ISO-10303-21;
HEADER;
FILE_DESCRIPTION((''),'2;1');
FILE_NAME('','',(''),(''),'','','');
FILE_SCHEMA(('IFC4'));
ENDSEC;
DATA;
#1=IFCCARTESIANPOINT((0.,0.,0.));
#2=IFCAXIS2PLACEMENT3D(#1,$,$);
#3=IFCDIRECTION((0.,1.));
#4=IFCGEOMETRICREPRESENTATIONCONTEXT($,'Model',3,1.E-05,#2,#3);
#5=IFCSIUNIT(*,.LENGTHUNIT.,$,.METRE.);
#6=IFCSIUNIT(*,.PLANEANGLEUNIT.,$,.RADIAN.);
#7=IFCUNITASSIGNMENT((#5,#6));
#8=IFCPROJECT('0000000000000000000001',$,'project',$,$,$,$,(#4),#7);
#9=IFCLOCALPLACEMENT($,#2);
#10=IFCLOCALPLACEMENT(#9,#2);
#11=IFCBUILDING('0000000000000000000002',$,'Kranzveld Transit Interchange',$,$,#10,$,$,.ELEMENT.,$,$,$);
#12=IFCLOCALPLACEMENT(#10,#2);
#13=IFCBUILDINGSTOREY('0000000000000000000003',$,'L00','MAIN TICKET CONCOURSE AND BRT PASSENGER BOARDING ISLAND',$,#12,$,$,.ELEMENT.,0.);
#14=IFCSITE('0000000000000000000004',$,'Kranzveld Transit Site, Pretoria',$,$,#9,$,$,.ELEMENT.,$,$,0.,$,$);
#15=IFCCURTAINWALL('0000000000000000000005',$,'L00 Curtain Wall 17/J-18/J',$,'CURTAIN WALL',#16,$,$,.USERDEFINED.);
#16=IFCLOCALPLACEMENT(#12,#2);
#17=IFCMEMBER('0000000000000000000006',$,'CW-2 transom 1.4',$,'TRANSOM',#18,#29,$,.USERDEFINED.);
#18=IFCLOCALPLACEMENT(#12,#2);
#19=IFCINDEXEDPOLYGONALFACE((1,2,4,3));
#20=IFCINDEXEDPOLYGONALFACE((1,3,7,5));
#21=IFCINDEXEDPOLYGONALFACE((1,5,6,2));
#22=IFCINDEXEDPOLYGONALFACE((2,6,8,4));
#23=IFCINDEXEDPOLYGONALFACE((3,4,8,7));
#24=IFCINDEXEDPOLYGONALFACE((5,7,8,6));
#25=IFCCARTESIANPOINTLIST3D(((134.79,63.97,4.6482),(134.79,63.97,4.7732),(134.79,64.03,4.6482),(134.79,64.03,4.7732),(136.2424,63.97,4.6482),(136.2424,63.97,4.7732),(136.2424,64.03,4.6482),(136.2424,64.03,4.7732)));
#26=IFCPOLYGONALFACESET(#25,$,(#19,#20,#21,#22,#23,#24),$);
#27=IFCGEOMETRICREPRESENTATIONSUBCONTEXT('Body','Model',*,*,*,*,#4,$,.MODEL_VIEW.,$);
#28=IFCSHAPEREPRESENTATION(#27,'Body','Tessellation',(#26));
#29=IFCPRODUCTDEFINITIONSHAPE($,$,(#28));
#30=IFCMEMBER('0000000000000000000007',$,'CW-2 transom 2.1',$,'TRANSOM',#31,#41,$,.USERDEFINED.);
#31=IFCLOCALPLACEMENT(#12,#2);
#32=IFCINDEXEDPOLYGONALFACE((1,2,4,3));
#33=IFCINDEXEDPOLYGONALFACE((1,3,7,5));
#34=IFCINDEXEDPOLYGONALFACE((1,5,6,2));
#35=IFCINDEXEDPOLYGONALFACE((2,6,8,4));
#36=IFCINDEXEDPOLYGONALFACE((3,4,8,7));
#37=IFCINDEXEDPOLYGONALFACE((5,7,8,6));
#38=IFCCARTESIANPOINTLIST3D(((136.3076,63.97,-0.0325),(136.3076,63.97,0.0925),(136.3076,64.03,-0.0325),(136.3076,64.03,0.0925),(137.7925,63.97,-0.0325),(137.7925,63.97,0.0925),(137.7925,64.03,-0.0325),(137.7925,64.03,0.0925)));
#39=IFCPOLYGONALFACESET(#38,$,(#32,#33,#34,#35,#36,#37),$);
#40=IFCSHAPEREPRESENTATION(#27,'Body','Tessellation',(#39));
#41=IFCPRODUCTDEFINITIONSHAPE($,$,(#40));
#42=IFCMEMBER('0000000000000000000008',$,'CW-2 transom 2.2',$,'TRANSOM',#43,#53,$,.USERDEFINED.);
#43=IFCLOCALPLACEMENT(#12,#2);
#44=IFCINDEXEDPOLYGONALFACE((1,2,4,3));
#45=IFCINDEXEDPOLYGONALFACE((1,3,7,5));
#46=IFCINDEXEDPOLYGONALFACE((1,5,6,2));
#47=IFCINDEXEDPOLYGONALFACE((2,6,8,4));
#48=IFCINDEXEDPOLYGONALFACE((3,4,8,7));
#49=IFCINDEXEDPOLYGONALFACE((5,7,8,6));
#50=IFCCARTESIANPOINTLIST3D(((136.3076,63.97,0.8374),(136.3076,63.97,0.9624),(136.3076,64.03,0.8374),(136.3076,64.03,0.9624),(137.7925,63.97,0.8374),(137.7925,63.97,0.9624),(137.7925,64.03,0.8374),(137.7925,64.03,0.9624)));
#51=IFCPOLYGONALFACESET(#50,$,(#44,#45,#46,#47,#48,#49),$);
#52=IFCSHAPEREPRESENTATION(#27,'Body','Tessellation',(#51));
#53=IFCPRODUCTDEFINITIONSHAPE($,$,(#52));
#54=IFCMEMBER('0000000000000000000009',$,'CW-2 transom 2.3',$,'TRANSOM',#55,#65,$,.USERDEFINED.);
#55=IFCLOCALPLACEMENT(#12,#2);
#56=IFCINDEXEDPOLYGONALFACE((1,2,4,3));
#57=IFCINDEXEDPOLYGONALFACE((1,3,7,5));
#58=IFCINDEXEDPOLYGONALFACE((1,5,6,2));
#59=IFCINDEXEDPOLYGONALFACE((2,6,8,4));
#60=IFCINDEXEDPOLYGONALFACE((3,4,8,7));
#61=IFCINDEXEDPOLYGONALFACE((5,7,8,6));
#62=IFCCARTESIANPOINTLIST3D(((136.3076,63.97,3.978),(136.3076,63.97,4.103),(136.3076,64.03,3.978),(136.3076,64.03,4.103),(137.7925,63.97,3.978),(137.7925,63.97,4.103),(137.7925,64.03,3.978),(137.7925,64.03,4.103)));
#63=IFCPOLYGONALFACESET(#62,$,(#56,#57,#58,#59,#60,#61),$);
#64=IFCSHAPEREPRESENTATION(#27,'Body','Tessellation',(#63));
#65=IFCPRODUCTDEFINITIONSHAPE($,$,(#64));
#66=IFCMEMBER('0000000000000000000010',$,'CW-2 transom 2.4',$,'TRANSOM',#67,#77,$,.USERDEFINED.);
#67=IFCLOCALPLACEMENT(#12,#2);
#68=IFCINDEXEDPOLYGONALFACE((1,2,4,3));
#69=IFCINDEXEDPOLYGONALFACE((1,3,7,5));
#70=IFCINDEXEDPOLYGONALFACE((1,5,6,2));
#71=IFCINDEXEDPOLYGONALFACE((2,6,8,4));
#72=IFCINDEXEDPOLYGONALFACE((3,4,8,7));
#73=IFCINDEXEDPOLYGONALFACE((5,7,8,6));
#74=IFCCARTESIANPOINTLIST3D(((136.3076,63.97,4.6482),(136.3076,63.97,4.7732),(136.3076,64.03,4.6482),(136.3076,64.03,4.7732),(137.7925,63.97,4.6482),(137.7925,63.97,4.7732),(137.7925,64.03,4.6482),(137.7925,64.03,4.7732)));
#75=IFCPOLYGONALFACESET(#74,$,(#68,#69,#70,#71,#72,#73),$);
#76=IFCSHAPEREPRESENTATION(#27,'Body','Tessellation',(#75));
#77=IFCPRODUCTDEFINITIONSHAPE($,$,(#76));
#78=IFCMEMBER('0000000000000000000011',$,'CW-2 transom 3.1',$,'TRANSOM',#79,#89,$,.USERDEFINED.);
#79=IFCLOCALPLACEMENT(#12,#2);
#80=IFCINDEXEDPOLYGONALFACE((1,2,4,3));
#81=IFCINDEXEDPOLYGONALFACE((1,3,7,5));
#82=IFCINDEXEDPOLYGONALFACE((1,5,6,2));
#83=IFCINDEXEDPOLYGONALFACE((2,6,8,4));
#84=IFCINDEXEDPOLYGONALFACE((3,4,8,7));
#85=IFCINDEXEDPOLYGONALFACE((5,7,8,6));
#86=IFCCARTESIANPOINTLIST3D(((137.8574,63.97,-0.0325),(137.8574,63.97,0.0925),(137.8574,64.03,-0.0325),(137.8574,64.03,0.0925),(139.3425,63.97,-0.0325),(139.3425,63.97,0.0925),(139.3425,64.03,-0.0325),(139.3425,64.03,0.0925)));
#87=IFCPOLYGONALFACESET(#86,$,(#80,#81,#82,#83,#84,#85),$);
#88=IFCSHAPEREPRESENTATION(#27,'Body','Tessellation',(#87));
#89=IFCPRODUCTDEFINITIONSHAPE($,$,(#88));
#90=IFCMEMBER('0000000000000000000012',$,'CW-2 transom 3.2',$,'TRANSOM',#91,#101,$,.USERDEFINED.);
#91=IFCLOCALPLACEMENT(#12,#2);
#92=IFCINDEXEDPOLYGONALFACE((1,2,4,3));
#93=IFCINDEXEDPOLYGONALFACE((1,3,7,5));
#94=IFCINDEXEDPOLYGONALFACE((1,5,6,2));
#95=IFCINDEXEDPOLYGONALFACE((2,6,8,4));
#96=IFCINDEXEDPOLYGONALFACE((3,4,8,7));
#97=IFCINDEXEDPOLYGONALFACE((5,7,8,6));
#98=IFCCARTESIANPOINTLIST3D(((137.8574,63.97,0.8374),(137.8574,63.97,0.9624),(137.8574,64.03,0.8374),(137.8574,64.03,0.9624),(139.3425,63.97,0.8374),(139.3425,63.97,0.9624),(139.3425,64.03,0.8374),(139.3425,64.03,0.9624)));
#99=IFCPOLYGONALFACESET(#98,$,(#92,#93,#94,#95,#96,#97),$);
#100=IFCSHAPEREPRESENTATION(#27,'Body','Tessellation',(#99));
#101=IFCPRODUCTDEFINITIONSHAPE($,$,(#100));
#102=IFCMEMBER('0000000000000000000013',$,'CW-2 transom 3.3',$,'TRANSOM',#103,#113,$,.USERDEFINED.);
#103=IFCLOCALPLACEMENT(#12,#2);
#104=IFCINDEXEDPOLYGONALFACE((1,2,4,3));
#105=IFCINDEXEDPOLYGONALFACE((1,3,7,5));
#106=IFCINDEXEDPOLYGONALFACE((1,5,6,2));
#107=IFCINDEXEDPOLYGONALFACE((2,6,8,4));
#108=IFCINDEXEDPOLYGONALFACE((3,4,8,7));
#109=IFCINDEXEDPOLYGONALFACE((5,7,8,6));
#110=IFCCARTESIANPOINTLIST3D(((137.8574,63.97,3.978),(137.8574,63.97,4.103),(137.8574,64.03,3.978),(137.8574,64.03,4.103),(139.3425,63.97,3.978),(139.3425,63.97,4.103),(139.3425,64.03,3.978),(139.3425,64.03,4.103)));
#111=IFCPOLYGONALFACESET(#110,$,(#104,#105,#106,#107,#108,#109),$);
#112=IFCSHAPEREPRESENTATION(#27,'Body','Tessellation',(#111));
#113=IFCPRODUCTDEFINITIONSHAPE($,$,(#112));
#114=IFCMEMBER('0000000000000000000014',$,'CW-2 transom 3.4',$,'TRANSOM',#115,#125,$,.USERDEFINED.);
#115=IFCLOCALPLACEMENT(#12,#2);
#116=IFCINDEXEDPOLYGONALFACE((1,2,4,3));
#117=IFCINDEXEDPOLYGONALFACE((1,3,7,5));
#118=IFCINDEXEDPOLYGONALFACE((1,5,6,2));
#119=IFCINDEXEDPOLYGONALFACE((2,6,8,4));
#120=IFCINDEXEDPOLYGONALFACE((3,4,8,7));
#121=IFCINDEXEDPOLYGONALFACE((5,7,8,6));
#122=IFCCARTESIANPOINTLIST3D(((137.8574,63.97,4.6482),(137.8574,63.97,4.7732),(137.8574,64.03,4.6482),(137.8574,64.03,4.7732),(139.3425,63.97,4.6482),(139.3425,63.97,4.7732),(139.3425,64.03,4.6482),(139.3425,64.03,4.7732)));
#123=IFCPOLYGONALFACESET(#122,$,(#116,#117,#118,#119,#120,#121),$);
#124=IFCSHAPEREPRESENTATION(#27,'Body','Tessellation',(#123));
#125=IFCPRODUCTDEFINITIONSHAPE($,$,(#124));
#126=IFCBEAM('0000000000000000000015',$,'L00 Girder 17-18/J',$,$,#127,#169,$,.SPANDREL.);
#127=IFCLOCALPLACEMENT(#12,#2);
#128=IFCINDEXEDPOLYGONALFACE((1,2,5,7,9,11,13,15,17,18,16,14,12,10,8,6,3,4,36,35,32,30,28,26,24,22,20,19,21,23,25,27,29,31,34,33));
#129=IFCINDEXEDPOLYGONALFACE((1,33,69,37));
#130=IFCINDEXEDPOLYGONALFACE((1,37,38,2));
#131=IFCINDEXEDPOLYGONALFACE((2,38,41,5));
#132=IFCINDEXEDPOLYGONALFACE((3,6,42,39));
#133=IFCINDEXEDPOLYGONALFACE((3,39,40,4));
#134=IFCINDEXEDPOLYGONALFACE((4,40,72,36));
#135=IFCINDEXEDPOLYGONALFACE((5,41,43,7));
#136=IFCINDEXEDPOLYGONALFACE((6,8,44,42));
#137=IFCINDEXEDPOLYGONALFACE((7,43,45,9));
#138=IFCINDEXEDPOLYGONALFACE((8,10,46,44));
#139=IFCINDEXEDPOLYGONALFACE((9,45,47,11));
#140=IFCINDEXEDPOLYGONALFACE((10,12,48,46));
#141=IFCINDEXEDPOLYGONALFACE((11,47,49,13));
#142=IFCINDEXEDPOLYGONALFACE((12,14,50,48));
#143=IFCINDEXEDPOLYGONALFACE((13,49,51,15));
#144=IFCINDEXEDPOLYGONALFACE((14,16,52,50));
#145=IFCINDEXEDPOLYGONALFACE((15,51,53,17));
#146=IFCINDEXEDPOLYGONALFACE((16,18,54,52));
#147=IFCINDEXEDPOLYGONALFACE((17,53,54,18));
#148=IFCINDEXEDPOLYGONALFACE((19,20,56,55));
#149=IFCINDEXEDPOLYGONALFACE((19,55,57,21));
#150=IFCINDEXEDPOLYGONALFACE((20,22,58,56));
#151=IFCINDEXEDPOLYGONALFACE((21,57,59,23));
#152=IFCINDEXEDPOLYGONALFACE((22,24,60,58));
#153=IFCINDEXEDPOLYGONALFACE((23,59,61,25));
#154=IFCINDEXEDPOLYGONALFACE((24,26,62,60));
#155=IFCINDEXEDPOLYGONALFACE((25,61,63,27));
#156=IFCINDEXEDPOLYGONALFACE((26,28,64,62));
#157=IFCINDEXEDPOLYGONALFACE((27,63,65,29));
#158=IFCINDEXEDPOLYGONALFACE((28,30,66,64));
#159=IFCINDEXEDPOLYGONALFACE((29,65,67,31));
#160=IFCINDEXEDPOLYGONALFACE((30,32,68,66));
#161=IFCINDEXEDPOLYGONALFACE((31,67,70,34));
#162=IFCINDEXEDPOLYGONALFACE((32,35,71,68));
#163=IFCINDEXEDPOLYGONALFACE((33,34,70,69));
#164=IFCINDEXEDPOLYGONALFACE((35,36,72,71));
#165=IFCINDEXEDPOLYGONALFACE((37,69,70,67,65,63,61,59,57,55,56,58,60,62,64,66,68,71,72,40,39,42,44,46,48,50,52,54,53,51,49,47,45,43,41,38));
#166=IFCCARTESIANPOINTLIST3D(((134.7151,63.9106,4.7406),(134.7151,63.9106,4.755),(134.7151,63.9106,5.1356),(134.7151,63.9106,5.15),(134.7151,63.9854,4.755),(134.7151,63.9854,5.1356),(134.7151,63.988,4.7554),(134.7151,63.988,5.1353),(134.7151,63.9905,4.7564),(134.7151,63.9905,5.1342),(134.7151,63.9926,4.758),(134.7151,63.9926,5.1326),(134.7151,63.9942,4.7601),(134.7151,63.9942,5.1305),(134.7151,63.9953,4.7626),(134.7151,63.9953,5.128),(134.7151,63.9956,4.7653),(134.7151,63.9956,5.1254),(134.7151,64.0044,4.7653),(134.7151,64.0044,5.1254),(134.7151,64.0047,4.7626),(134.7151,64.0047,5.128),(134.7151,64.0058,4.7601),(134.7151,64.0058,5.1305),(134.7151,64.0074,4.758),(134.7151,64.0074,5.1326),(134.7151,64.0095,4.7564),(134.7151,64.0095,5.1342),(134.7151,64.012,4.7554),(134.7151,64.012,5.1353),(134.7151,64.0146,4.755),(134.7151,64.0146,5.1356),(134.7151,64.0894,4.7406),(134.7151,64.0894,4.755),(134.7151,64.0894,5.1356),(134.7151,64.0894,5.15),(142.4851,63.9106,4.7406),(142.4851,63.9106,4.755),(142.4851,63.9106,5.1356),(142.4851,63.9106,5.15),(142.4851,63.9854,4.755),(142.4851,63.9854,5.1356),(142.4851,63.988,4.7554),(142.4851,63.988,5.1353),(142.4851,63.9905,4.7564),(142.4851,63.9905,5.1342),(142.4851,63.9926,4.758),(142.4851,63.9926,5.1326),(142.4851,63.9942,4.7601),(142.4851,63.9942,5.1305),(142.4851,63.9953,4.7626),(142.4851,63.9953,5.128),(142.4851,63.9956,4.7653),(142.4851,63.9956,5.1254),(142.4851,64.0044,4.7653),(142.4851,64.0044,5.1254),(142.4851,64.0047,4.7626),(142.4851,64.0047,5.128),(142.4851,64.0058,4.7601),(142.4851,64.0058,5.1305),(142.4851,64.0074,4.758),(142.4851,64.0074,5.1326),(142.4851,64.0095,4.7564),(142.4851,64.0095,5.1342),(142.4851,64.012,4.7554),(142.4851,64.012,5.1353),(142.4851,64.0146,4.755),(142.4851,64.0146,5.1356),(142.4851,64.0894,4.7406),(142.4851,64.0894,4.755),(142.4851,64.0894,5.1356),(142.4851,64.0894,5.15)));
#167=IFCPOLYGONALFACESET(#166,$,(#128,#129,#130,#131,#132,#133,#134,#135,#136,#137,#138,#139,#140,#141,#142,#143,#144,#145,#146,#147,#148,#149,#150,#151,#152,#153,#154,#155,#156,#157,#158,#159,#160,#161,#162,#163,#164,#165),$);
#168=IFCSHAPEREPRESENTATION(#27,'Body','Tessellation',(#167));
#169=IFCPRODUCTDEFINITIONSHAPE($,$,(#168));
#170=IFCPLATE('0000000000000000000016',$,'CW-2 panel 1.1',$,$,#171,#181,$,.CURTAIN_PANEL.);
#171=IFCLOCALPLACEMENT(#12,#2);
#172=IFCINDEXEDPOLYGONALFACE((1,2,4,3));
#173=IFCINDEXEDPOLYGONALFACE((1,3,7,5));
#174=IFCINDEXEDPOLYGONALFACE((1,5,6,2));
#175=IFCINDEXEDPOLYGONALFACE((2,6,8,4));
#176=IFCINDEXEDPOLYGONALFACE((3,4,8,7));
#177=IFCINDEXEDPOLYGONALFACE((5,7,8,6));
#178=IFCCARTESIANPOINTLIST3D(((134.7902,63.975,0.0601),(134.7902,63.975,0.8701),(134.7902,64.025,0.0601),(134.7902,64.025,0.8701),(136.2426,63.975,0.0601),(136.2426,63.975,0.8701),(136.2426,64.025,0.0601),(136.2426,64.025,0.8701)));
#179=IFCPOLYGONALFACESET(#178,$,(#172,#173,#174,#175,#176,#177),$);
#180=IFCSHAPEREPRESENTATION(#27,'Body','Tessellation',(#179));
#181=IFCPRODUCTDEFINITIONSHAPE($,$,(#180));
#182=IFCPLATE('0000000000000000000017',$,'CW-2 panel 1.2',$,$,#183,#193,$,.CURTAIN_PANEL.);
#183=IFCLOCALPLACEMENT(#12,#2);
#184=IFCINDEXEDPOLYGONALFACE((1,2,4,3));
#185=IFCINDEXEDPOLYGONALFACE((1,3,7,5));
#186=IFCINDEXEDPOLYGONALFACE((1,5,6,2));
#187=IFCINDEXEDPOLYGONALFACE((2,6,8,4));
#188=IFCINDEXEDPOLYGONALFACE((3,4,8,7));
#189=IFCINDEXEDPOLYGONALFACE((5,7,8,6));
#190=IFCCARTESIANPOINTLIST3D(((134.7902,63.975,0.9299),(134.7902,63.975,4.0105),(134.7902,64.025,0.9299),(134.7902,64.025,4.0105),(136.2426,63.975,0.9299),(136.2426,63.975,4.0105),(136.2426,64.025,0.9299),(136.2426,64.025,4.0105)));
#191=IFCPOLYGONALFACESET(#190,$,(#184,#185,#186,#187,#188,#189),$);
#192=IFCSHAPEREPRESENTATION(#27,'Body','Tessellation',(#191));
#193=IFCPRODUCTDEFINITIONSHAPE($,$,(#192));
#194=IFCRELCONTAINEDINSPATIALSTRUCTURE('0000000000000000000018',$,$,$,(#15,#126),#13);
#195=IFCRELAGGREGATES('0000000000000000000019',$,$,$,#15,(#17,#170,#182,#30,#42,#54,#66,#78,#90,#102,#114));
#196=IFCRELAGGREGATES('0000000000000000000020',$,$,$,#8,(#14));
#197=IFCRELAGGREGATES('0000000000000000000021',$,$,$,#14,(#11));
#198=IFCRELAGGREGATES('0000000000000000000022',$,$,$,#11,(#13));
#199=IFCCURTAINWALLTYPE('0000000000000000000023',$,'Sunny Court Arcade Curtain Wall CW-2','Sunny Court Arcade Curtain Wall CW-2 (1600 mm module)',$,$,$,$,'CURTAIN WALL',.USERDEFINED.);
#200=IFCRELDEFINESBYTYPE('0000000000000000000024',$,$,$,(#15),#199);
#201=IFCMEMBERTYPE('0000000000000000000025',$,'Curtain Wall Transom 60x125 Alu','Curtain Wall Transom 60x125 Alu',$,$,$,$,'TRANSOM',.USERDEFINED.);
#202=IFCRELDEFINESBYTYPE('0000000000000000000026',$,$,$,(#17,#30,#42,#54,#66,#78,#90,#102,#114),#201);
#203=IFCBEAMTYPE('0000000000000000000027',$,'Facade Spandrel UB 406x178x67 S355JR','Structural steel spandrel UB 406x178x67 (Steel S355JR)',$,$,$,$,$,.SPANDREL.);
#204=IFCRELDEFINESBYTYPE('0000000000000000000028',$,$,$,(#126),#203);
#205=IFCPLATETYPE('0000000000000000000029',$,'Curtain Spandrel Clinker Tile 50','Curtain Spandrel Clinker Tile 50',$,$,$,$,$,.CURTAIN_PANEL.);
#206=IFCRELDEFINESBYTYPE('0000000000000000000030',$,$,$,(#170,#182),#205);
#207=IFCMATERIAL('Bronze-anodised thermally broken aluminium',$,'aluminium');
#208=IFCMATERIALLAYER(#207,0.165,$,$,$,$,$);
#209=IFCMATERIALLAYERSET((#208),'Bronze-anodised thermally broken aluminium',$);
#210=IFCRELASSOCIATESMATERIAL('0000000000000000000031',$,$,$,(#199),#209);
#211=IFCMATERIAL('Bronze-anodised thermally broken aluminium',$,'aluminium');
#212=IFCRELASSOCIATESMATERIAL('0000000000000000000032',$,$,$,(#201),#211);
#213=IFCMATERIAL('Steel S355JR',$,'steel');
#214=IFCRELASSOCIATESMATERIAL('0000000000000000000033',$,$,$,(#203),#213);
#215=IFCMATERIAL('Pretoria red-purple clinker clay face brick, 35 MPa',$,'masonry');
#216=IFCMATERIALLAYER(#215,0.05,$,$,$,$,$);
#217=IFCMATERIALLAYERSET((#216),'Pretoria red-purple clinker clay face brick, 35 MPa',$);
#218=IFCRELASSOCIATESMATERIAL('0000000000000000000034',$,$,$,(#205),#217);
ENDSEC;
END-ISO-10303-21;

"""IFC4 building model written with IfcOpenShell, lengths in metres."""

from ifc_helpers import new_model, si_unit, direction, frame, origin, origin_2d, place, context, subcontext, project, spatial, rectangle, i_section, extrude, material, layer, layer_set, material_profile, profile_set, type_object, element, aggregate, save


model = new_model("IFC4")

# Units and contexts
model_context = context("Model", 3, precision=1e-05, world=origin(), true_north=direction((0.0, 1.0)))
body_context = subcontext(model_context, "Body", "Model", "MODEL_VIEW")
ifc_project = project(units=[si_unit("LENGTHUNIT", "METRE"), si_unit("PLANEANGLEUNIT", "RADIAN")], contexts=[model_context])

# Site, building, storey
site_placement = place(None, origin())
site = spatial("IfcSite", under=ifc_project, at=site_placement, Name="Kranzveld Transit Site, Pretoria", CompositionType="ELEMENT", RefElevation=0.0)
building_placement = place(site_placement, origin())
building = spatial("IfcBuilding", under=site, at=building_placement, Name="Kranzveld Transit Interchange", CompositionType="ELEMENT")
storey_placement = place(building_placement, origin())
storey = spatial("IfcBuildingStorey", under=building, at=storey_placement, Name="L00", Description="MAIN TICKET CONCOURSE AND BRT PASSENGER BOARDING ISLAND", CompositionType="ELEMENT", Elevation=0.0)

# Curtain wall
ifc_material_1 = material(Name="Bronze-anodised thermally broken aluminium", Category="aluminium")
ifc_layer_1 = layer(ifc_material_1, 0.165)
ifc_layer_set_1 = layer_set([ifc_layer_1], Name="Bronze-anodised thermally broken aluminium")
curtain_wall_type_1 = type_object("IfcCurtainWallType", Name="Sunny Court Arcade Curtain Wall CW-2", Description="Sunny Court Arcade Curtain Wall CW-2 (1600 mm module)", ElementType="CURTAIN WALL", PredefinedType="USERDEFINED", material=ifc_layer_set_1)
curtain_wall_1_placement = place(storey_placement, origin())
curtain_wall_1 = element("IfcCurtainWall", 1, at=curtain_wall_1_placement, inside=storey, type_object=curtain_wall_type_1, Name="L00 Curtain Wall 17/J-18/J", ObjectType="CURTAIN WALL", PredefinedType="USERDEFINED")

# Members
ifc_material_2 = material(Name="Bronze-anodised thermally broken aluminium", Category="aluminium")
ifc_material_profile_1 = material_profile(ifc_material_2, rectangle(XDim=0.0601, YDim=0.125, at=origin_2d()), Name="ALU TRANSOM 60x125")
ifc_profile_set_1 = profile_set([ifc_material_profile_1], Name="Bronze-anodised thermally broken aluminium")
member_type_1 = type_object("IfcMemberType", Name="Curtain Wall Transom 60x125 Alu", Description="Curtain Wall Transom 60x125 Alu", ElementType="TRANSOM", PredefinedType="USERDEFINED", material=ifc_profile_set_1)
member_1_placement = place(storey_placement, frame((134.79, 64.0, 4.7107), z_axis=(1.0, 0.0, 0.0), x_axis=(0.0, 1.0, 0.0)))
member_1 = element("IfcMember", 2, at=member_1_placement, type_object=member_type_1, Name="CW-2 transom 1.4", ObjectType="TRANSOM", PredefinedType="USERDEFINED", context=body_context, shape_type="SweptSolid", body=[
    extrude(rectangle(XDim=0.0601, YDim=0.125, at=origin_2d()), origin(), (0.0, 0.0, 1.0), 1.4524),
])
member_2_placement = place(storey_placement, frame((136.3076, 64.0, 0.03), z_axis=(1.0, 0.0, 0.0), x_axis=(0.0, 1.0, 0.0)))
member_2 = element("IfcMember", 3, at=member_2_placement, type_object=member_type_1, Name="CW-2 transom 2.1", ObjectType="TRANSOM", PredefinedType="USERDEFINED", context=body_context, shape_type="SweptSolid", body=[
    extrude(rectangle(XDim=0.0601, YDim=0.125, at=origin_2d()), origin(), (0.0, 0.0, 1.0), 1.4849),
])
member_3_placement = place(storey_placement, frame((136.3076, 64.0, 0.8999), z_axis=(1.0, 0.0, 0.0), x_axis=(0.0, 1.0, 0.0)))
member_3 = element("IfcMember", 4, at=member_3_placement, type_object=member_type_1, Name="CW-2 transom 2.2", ObjectType="TRANSOM", PredefinedType="USERDEFINED", context=body_context, shape_type="SweptSolid", body=[
    extrude(rectangle(XDim=0.0601, YDim=0.125, at=origin_2d()), origin(), (0.0, 0.0, 1.0), 1.4849),
])
member_4_placement = place(storey_placement, frame((136.3076, 64.0, 4.0405), z_axis=(1.0, 0.0, 0.0), x_axis=(0.0, 1.0, 0.0)))
member_4 = element("IfcMember", 5, at=member_4_placement, type_object=member_type_1, Name="CW-2 transom 2.3", ObjectType="TRANSOM", PredefinedType="USERDEFINED", context=body_context, shape_type="SweptSolid", body=[
    extrude(rectangle(XDim=0.0601, YDim=0.125, at=origin_2d()), origin(), (0.0, 0.0, 1.0), 1.4849),
])
member_5_placement = place(storey_placement, frame((136.3076, 64.0, 4.7107), z_axis=(1.0, 0.0, 0.0), x_axis=(0.0, 1.0, 0.0)))
member_5 = element("IfcMember", 6, at=member_5_placement, type_object=member_type_1, Name="CW-2 transom 2.4", ObjectType="TRANSOM", PredefinedType="USERDEFINED", context=body_context, shape_type="SweptSolid", body=[
    extrude(rectangle(XDim=0.0601, YDim=0.125, at=origin_2d()), origin(), (0.0, 0.0, 1.0), 1.4849),
])
member_6_placement = place(storey_placement, frame((137.8574, 64.0, 0.03), z_axis=(1.0, 0.0, 0.0), x_axis=(0.0, 1.0, 0.0)))
member_6 = element("IfcMember", 7, at=member_6_placement, type_object=member_type_1, Name="CW-2 transom 3.1", ObjectType="TRANSOM", PredefinedType="USERDEFINED", context=body_context, shape_type="SweptSolid", body=[
    extrude(rectangle(XDim=0.0601, YDim=0.125, at=origin_2d()), origin(), (0.0, 0.0, 1.0), 1.4851),
])
member_7_placement = place(storey_placement, frame((137.8574, 64.0, 0.8999), z_axis=(1.0, 0.0, 0.0), x_axis=(0.0, 1.0, 0.0)))
member_7 = element("IfcMember", 8, at=member_7_placement, type_object=member_type_1, Name="CW-2 transom 3.2", ObjectType="TRANSOM", PredefinedType="USERDEFINED", context=body_context, shape_type="SweptSolid", body=[
    extrude(rectangle(XDim=0.0601, YDim=0.125, at=origin_2d()), origin(), (0.0, 0.0, 1.0), 1.4851),
])
member_8_placement = place(storey_placement, frame((137.8574, 64.0, 4.0405), z_axis=(1.0, 0.0, 0.0), x_axis=(0.0, 1.0, 0.0)))
member_8 = element("IfcMember", 9, at=member_8_placement, type_object=member_type_1, Name="CW-2 transom 3.3", ObjectType="TRANSOM", PredefinedType="USERDEFINED", context=body_context, shape_type="SweptSolid", body=[
    extrude(rectangle(XDim=0.0601, YDim=0.125, at=origin_2d()), origin(), (0.0, 0.0, 1.0), 1.4851),
])
member_9_placement = place(storey_placement, frame((137.8574, 64.0, 4.7107), z_axis=(1.0, 0.0, 0.0), x_axis=(0.0, 1.0, 0.0)))
member_9 = element("IfcMember", 10, at=member_9_placement, type_object=member_type_1, Name="CW-2 transom 3.4", ObjectType="TRANSOM", PredefinedType="USERDEFINED", context=body_context, shape_type="SweptSolid", body=[
    extrude(rectangle(XDim=0.0601, YDim=0.125, at=origin_2d()), origin(), (0.0, 0.0, 1.0), 1.4851),
])

# Beam
ifc_material_3 = material(Name="Steel S355JR", Category="steel")
ifc_material_profile_2 = material_profile(ifc_material_3, i_section(OverallWidth=0.1787, OverallDepth=0.4094, WebThickness=0.0088, FlangeThickness=0.0144, FilletRadius=0.0103, at=origin_2d()), Name="UB 406x178x67")
ifc_profile_set_2 = profile_set([ifc_material_profile_2], Name="Steel S355JR")
beam_type = type_object("IfcBeamType", Name="Facade Spandrel UB 406x178x67 S355JR", Description="Structural steel spandrel UB 406x178x67 (Steel S355JR)", PredefinedType="SPANDREL", material=ifc_profile_set_2)
beam_placement = place(storey_placement, frame((134.7151, 64.0, 4.9453), z_axis=(1.0, 0.0, 0.0), x_axis=(0.0, 1.0, 0.0)))
element("IfcBeam", 11, at=beam_placement, inside=storey, type_object=beam_type, Name="L00 Girder 17-18/J", PredefinedType="SPANDREL", context=body_context, shape_type="SweptSolid", body=[
    extrude(i_section(OverallWidth=0.1787, OverallDepth=0.4094, WebThickness=0.0088, FlangeThickness=0.0144, FilletRadius=0.0103, at=origin_2d()), origin(), (0.0, 0.0, 1.0), 7.77),
])

# Plates
ifc_material_4 = material(Name="Pretoria red-purple clinker clay face brick, 35 MPa", Category="masonry")
ifc_layer_2 = layer(ifc_material_4, 0.05)
ifc_layer_set_2 = layer_set([ifc_layer_2], Name="Pretoria red-purple clinker clay face brick, 35 MPa")
plate_type_1 = type_object("IfcPlateType", Name="Curtain Spandrel Clinker Tile 50", Description="Curtain Spandrel Clinker Tile 50", PredefinedType="CURTAIN_PANEL", material=ifc_layer_set_2)
plate_1_placement = place(storey_placement, frame((135.5164, 64.0, 0.0601), z_axis=(0.0, 0.0, 1.0), x_axis=(1.0, 0.0, 0.0)))
plate_1 = element("IfcPlate", 12, at=plate_1_placement, type_object=plate_type_1, Name="CW-2 panel 1.1", PredefinedType="CURTAIN_PANEL", context=body_context, shape_type="SweptSolid", body=[
    extrude(rectangle(XDim=1.4524, YDim=0.05, at=origin_2d()), origin(), (0.0, 0.0, 1.0), 0.8101),
])
plate_2_placement = place(storey_placement, frame((135.5164, 64.0, 0.9299), z_axis=(0.0, 0.0, 1.0), x_axis=(1.0, 0.0, 0.0)))
plate_2 = element("IfcPlate", 13, at=plate_2_placement, type_object=plate_type_1, Name="CW-2 panel 1.2", PredefinedType="CURTAIN_PANEL", context=body_context, shape_type="SweptSolid", body=[
    extrude(rectangle(XDim=1.4524, YDim=0.05, at=origin_2d()), origin(), (0.0, 0.0, 1.0), 3.0806),
])
aggregate(curtain_wall_1, [member_1, plate_1, plate_2, member_2, member_3, member_4, member_5, member_6, member_7, member_8, member_9])

save(model, "model.ifc")
